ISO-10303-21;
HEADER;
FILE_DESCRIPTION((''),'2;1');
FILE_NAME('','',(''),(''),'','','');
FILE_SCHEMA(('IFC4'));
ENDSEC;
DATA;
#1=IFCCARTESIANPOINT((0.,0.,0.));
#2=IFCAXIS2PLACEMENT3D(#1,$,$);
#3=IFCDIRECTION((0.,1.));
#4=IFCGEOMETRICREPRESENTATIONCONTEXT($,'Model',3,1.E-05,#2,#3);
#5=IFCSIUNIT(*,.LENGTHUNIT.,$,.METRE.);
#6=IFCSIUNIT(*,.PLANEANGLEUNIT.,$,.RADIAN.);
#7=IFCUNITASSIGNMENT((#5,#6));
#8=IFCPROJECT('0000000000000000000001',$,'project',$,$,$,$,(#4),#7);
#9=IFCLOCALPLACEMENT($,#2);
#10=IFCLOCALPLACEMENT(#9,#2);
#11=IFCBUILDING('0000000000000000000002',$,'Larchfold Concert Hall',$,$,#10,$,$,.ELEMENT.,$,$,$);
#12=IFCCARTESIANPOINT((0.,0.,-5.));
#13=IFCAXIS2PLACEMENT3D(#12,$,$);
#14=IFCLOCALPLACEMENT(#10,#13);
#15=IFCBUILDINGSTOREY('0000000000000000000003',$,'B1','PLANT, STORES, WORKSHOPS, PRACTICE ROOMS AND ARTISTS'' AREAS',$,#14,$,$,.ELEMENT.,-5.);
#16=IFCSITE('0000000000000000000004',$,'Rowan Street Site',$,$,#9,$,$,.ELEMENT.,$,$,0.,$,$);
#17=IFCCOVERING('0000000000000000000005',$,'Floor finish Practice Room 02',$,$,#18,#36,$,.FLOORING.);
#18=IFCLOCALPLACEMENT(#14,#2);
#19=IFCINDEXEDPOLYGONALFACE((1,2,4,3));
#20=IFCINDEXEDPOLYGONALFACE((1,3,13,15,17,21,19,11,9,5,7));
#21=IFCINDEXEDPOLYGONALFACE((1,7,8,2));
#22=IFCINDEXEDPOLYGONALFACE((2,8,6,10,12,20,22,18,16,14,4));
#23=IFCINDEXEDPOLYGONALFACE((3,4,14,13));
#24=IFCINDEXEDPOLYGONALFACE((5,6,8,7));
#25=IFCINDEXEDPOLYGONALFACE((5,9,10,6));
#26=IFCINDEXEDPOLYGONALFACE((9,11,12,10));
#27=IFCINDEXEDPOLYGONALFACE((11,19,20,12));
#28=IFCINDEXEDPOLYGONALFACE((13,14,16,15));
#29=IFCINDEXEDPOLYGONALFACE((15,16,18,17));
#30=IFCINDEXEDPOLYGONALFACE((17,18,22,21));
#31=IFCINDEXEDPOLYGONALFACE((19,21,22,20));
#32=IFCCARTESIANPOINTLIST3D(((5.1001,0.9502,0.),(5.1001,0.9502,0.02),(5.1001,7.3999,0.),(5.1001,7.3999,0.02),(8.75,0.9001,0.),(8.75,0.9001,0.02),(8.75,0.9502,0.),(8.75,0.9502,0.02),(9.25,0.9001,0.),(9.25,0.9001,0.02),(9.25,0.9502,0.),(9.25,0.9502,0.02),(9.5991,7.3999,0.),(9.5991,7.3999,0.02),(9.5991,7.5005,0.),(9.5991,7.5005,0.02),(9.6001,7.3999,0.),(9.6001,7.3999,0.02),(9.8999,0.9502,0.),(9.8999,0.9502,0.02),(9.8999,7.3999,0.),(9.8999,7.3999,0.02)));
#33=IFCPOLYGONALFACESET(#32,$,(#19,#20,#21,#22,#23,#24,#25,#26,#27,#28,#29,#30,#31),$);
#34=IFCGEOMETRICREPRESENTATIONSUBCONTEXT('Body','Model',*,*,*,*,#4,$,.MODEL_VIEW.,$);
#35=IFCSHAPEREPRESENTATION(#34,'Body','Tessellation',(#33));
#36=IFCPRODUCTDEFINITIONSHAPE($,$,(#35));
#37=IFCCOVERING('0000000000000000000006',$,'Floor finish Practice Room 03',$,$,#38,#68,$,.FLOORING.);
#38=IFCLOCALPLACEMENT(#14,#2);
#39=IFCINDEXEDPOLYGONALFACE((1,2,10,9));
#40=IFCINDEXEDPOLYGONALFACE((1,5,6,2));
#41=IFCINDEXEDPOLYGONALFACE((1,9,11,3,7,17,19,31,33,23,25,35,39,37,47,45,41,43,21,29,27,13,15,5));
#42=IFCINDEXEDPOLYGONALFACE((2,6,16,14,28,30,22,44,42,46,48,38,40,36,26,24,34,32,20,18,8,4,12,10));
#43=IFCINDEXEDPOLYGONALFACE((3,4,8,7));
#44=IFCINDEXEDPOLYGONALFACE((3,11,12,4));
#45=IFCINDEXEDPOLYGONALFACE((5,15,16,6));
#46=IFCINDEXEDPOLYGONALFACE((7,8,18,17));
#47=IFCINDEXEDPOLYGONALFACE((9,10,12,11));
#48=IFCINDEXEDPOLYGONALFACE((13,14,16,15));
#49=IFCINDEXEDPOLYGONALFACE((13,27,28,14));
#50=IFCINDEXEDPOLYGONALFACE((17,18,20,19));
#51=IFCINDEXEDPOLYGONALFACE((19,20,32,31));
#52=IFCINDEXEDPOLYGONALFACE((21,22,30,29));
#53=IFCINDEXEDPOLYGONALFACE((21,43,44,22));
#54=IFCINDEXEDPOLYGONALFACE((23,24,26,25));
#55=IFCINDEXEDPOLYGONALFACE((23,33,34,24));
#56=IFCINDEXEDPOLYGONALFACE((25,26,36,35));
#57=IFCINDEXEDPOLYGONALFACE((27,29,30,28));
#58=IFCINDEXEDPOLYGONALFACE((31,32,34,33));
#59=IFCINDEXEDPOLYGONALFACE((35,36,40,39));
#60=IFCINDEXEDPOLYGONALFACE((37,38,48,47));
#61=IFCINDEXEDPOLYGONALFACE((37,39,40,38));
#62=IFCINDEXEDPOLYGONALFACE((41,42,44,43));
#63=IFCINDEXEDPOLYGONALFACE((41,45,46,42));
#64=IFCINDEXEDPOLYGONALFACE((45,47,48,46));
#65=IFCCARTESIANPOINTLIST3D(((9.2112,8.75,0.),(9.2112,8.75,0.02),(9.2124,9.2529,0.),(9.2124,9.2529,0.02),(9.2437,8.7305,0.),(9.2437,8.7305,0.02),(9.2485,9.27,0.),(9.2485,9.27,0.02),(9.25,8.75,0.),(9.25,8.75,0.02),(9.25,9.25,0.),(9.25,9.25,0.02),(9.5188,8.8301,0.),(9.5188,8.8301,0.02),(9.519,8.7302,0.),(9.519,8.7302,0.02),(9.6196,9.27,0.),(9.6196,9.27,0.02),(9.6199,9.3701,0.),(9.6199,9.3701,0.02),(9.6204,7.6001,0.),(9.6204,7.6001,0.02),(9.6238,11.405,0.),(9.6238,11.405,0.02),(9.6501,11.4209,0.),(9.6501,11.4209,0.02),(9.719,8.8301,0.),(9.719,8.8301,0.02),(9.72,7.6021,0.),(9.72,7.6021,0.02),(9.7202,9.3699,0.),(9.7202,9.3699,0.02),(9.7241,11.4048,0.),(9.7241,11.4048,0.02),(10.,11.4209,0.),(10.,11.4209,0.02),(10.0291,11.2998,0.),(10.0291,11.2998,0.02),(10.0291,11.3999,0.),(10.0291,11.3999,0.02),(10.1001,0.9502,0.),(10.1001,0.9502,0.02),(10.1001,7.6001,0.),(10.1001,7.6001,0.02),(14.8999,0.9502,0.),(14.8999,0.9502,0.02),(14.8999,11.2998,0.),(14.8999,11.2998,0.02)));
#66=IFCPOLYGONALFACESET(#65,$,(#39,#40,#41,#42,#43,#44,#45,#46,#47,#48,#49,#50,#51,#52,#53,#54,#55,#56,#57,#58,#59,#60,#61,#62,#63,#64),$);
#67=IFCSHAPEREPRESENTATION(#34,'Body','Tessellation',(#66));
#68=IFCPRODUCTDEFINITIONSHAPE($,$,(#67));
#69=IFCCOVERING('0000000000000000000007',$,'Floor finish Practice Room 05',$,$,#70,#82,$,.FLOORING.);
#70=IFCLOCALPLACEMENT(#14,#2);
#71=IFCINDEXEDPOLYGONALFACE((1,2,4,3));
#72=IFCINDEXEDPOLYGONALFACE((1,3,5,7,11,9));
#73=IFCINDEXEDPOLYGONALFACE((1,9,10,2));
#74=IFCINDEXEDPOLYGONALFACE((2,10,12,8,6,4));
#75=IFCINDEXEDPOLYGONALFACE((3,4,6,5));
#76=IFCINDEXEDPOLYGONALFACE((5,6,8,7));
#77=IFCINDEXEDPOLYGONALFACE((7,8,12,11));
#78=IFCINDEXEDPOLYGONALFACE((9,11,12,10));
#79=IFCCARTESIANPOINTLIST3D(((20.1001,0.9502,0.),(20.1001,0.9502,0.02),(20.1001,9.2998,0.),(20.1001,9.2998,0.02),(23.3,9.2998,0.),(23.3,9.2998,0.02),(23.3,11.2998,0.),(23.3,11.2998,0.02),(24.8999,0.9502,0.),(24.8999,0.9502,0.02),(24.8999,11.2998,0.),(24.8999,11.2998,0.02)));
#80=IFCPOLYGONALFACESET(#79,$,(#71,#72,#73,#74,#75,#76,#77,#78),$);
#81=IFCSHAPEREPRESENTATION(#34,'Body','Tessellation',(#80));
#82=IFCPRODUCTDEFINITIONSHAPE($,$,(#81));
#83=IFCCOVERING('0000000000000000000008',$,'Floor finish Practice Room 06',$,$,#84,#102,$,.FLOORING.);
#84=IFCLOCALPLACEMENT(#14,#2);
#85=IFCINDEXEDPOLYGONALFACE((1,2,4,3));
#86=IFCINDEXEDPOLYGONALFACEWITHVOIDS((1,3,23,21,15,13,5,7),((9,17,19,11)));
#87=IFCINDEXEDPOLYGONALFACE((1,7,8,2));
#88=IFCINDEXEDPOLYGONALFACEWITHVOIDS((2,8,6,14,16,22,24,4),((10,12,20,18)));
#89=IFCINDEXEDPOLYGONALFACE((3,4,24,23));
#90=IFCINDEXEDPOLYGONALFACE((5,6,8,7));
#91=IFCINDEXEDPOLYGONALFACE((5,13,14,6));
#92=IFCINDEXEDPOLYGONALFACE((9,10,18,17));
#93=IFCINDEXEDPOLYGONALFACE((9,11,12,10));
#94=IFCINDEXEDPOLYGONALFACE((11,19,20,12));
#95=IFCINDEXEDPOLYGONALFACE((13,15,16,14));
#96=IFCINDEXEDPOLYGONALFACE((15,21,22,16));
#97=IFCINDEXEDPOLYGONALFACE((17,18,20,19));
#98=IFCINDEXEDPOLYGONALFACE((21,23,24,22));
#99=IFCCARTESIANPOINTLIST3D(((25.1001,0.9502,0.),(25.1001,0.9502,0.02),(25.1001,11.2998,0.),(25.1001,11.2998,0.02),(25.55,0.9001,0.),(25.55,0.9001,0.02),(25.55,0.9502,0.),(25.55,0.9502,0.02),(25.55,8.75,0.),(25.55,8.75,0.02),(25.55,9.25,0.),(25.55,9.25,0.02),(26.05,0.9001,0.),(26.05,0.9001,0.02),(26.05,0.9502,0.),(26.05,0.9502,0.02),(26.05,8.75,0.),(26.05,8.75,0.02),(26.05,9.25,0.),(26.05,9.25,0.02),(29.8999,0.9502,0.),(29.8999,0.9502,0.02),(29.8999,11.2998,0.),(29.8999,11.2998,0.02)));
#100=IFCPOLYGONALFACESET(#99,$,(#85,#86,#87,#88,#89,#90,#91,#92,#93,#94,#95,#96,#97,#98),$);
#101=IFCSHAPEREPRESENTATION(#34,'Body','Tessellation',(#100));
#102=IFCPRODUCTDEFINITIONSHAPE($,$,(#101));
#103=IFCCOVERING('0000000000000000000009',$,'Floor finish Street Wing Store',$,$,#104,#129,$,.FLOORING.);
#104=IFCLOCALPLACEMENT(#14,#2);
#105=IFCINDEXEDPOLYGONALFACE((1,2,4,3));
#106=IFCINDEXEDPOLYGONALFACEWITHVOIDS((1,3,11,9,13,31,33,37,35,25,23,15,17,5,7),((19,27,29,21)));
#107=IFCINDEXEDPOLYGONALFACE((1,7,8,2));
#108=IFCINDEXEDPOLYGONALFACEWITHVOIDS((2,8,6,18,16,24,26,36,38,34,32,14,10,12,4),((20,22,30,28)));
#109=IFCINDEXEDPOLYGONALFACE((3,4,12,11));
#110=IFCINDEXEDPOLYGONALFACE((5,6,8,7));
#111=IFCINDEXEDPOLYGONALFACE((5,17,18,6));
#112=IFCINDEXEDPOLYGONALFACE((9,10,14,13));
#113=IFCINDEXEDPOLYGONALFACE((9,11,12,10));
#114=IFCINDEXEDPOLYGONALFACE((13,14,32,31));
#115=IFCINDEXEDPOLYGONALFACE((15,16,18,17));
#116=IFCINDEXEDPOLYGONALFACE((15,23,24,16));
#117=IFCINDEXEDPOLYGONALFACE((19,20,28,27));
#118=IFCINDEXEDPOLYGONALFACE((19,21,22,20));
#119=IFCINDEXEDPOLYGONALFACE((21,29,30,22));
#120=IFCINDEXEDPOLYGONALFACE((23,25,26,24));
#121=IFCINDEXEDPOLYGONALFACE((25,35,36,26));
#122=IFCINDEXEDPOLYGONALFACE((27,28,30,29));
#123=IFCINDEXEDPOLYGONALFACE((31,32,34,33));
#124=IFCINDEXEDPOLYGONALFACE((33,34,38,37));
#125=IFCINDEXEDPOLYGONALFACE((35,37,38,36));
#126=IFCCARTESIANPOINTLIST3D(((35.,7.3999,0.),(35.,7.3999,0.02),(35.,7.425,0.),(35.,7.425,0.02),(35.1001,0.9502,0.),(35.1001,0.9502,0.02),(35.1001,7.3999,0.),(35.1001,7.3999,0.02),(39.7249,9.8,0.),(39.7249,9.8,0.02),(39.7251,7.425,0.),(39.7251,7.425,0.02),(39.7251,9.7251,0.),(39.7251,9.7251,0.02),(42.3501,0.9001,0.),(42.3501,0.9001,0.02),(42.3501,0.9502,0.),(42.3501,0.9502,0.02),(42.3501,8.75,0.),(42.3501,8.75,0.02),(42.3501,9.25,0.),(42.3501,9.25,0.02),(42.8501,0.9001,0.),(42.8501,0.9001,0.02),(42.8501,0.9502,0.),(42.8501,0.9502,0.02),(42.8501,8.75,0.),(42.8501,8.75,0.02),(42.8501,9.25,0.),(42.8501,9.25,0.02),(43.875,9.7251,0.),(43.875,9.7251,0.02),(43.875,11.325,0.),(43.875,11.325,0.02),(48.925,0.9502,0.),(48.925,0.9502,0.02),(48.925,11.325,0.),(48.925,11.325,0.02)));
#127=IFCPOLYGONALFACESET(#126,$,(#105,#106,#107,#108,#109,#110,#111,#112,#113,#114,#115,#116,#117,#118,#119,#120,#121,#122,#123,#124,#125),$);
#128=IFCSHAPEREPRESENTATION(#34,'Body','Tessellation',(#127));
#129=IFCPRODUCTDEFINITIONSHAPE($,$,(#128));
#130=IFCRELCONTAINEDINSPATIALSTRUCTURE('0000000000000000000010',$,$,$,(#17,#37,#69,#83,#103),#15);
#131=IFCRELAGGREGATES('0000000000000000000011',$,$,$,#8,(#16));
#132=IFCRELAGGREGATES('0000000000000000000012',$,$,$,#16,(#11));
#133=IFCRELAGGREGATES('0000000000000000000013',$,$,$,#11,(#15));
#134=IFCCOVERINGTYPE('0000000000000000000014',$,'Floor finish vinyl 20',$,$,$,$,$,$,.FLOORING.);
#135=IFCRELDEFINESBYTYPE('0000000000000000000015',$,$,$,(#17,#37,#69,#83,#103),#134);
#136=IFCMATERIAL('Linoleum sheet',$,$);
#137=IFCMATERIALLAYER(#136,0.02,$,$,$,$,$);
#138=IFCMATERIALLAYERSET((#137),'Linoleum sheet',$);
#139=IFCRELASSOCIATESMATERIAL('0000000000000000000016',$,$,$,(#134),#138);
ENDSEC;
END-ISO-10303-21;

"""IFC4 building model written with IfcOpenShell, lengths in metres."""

from ifc_helpers import new_model, si_unit, direction, frame, origin, place, context, subcontext, project, spatial, polyline, outline, extrude, material, layer, layer_set, type_object, element, save


model = new_model("IFC4")

# Units and contexts
model_context = context("Model", 3, precision=1e-05, world=origin(), true_north=direction((0.0, 1.0)))
body_context = subcontext(model_context, "Body", "Model", "MODEL_VIEW")
ifc_project = project(units=[si_unit("LENGTHUNIT", "METRE"), si_unit("PLANEANGLEUNIT", "RADIAN")], contexts=[model_context])

# Site, building, storey
site_placement = place(None, origin())
site = spatial("IfcSite", under=ifc_project, at=site_placement, Name="Rowan Street Site", CompositionType="ELEMENT", RefElevation=0.0)
building_placement = place(site_placement, origin())
building = spatial("IfcBuilding", under=site, at=building_placement, Name="Larchfold Concert Hall", CompositionType="ELEMENT")
storey_placement = place(building_placement, frame((0.0, 0.0, -5.0)))
storey = spatial("IfcBuildingStorey", under=building, at=storey_placement, Name="B1", Description="PLANT, STORES, WORKSHOPS, PRACTICE ROOMS AND ARTISTS' AREAS", CompositionType="ELEMENT", Elevation=-5.0)

# Coverings
ifc_material_1 = material(Name="Linoleum sheet")
ifc_layer_1 = layer(ifc_material_1, 0.02)
ifc_layer_set_1 = layer_set([ifc_layer_1], Name="Linoleum sheet")
covering_type_1 = type_object("IfcCoveringType", Name="Floor finish vinyl 20", PredefinedType="FLOORING", material=ifc_layer_set_1)
covering_1_placement = place(storey_placement, origin())
element("IfcCovering", 1, at=covering_1_placement, inside=storey, type_object=covering_type_1, Name="Floor finish Practice Room 02", PredefinedType="FLOORING", context=body_context, shape_type="SweptSolid", body=[
    extrude(outline(polyline([(5.1001, 7.3999), (5.1001, 0.9502), (8.75, 0.9502), (8.75, 0.9001), (9.25, 0.9001), (9.25, 0.9502), (9.8999, 0.9502), (9.8999, 7.3999), (9.6001, 7.3999), (9.5991, 7.5005), (9.5991, 7.3999), (5.1001, 7.3999)])), origin(), (0.0, 0.0, 1.0), 0.02),
])
covering_2_placement = place(storey_placement, origin())
element("IfcCovering", 2, at=covering_2_placement, inside=storey, type_object=covering_type_1, Name="Floor finish Practice Room 03", PredefinedType="FLOORING", context=body_context, shape_type="SweptSolid", body=[
    extrude(outline(polyline([(9.6204, 7.6001), (10.1001, 7.6001), (10.1001, 0.9502), (14.8999, 0.9502), (14.8999, 11.2998), (10.0291, 11.2998), (10.0291, 11.3999), (10.0, 11.4209), (9.6501, 11.4209), (9.6238, 11.405), (9.7241, 11.4048), (9.7202, 9.3699), (9.6199, 9.3701), (9.6196, 9.27), (9.2485, 9.27), (9.2124, 9.2529), (9.25, 9.25), (9.25, 8.75), (9.2112, 8.75), (9.2437, 8.7305), (9.519, 8.7302), (9.5188, 8.8301), (9.719, 8.8301), (9.72, 7.6021), (9.6204, 7.6001)])), origin(), (0.0, 0.0, 1.0), 0.02),
])
covering_3_placement = place(storey_placement, origin())
element("IfcCovering", 3, at=covering_3_placement, inside=storey, type_object=covering_type_1, Name="Floor finish Practice Room 05", PredefinedType="FLOORING", context=body_context, shape_type="SweptSolid", body=[
    extrude(outline(polyline([(23.3, 9.2998), (20.1001, 9.2998), (20.1001, 0.9502), (24.8999, 0.9502), (24.8999, 11.2998), (23.3, 11.2998), (23.3, 9.2998)])), origin(), (0.0, 0.0, 1.0), 0.02),
])
covering_4_placement = place(storey_placement, origin())
element("IfcCovering", 4, at=covering_4_placement, inside=storey, type_object=covering_type_1, Name="Floor finish Practice Room 06", PredefinedType="FLOORING", context=body_context, shape_type="SweptSolid", body=[
    extrude(outline(polyline([(25.55, 0.9001), (26.05, 0.9001), (26.05, 0.9502), (29.8999, 0.9502), (29.8999, 11.2998), (25.1001, 11.2998), (25.1001, 0.9502), (25.55, 0.9502), (25.55, 0.9001)]), holes=[polyline([(26.05, 9.25), (26.05, 8.75), (25.55, 8.75), (25.55, 9.25), (26.05, 9.25)])]), origin(), (0.0, 0.0, 1.0), 0.02),
])
covering_5_placement = place(storey_placement, origin())
element("IfcCovering", 5, at=covering_5_placement, inside=storey, type_object=covering_type_1, Name="Floor finish Street Wing Store", PredefinedType="FLOORING", context=body_context, shape_type="SweptSolid", body=[
    extrude(outline(polyline([(39.7249, 9.8), (39.7251, 7.425), (35.0, 7.425), (35.0, 7.3999), (35.1001, 7.3999), (35.1001, 0.9502), (42.3501, 0.9502), (42.3501, 0.9001), (42.8501, 0.9001), (42.8501, 0.9502), (48.925, 0.9502), (48.925, 11.325), (43.875, 11.325), (43.875, 9.7251), (39.7251, 9.7251), (39.7249, 9.8)]), holes=[polyline([(42.8501, 9.25), (42.8501, 8.75), (42.3501, 8.75), (42.3501, 9.25), (42.8501, 9.25)])]), origin(), (0.0, 0.0, 1.0), 0.02),
])

save(model, "model.ifc")
